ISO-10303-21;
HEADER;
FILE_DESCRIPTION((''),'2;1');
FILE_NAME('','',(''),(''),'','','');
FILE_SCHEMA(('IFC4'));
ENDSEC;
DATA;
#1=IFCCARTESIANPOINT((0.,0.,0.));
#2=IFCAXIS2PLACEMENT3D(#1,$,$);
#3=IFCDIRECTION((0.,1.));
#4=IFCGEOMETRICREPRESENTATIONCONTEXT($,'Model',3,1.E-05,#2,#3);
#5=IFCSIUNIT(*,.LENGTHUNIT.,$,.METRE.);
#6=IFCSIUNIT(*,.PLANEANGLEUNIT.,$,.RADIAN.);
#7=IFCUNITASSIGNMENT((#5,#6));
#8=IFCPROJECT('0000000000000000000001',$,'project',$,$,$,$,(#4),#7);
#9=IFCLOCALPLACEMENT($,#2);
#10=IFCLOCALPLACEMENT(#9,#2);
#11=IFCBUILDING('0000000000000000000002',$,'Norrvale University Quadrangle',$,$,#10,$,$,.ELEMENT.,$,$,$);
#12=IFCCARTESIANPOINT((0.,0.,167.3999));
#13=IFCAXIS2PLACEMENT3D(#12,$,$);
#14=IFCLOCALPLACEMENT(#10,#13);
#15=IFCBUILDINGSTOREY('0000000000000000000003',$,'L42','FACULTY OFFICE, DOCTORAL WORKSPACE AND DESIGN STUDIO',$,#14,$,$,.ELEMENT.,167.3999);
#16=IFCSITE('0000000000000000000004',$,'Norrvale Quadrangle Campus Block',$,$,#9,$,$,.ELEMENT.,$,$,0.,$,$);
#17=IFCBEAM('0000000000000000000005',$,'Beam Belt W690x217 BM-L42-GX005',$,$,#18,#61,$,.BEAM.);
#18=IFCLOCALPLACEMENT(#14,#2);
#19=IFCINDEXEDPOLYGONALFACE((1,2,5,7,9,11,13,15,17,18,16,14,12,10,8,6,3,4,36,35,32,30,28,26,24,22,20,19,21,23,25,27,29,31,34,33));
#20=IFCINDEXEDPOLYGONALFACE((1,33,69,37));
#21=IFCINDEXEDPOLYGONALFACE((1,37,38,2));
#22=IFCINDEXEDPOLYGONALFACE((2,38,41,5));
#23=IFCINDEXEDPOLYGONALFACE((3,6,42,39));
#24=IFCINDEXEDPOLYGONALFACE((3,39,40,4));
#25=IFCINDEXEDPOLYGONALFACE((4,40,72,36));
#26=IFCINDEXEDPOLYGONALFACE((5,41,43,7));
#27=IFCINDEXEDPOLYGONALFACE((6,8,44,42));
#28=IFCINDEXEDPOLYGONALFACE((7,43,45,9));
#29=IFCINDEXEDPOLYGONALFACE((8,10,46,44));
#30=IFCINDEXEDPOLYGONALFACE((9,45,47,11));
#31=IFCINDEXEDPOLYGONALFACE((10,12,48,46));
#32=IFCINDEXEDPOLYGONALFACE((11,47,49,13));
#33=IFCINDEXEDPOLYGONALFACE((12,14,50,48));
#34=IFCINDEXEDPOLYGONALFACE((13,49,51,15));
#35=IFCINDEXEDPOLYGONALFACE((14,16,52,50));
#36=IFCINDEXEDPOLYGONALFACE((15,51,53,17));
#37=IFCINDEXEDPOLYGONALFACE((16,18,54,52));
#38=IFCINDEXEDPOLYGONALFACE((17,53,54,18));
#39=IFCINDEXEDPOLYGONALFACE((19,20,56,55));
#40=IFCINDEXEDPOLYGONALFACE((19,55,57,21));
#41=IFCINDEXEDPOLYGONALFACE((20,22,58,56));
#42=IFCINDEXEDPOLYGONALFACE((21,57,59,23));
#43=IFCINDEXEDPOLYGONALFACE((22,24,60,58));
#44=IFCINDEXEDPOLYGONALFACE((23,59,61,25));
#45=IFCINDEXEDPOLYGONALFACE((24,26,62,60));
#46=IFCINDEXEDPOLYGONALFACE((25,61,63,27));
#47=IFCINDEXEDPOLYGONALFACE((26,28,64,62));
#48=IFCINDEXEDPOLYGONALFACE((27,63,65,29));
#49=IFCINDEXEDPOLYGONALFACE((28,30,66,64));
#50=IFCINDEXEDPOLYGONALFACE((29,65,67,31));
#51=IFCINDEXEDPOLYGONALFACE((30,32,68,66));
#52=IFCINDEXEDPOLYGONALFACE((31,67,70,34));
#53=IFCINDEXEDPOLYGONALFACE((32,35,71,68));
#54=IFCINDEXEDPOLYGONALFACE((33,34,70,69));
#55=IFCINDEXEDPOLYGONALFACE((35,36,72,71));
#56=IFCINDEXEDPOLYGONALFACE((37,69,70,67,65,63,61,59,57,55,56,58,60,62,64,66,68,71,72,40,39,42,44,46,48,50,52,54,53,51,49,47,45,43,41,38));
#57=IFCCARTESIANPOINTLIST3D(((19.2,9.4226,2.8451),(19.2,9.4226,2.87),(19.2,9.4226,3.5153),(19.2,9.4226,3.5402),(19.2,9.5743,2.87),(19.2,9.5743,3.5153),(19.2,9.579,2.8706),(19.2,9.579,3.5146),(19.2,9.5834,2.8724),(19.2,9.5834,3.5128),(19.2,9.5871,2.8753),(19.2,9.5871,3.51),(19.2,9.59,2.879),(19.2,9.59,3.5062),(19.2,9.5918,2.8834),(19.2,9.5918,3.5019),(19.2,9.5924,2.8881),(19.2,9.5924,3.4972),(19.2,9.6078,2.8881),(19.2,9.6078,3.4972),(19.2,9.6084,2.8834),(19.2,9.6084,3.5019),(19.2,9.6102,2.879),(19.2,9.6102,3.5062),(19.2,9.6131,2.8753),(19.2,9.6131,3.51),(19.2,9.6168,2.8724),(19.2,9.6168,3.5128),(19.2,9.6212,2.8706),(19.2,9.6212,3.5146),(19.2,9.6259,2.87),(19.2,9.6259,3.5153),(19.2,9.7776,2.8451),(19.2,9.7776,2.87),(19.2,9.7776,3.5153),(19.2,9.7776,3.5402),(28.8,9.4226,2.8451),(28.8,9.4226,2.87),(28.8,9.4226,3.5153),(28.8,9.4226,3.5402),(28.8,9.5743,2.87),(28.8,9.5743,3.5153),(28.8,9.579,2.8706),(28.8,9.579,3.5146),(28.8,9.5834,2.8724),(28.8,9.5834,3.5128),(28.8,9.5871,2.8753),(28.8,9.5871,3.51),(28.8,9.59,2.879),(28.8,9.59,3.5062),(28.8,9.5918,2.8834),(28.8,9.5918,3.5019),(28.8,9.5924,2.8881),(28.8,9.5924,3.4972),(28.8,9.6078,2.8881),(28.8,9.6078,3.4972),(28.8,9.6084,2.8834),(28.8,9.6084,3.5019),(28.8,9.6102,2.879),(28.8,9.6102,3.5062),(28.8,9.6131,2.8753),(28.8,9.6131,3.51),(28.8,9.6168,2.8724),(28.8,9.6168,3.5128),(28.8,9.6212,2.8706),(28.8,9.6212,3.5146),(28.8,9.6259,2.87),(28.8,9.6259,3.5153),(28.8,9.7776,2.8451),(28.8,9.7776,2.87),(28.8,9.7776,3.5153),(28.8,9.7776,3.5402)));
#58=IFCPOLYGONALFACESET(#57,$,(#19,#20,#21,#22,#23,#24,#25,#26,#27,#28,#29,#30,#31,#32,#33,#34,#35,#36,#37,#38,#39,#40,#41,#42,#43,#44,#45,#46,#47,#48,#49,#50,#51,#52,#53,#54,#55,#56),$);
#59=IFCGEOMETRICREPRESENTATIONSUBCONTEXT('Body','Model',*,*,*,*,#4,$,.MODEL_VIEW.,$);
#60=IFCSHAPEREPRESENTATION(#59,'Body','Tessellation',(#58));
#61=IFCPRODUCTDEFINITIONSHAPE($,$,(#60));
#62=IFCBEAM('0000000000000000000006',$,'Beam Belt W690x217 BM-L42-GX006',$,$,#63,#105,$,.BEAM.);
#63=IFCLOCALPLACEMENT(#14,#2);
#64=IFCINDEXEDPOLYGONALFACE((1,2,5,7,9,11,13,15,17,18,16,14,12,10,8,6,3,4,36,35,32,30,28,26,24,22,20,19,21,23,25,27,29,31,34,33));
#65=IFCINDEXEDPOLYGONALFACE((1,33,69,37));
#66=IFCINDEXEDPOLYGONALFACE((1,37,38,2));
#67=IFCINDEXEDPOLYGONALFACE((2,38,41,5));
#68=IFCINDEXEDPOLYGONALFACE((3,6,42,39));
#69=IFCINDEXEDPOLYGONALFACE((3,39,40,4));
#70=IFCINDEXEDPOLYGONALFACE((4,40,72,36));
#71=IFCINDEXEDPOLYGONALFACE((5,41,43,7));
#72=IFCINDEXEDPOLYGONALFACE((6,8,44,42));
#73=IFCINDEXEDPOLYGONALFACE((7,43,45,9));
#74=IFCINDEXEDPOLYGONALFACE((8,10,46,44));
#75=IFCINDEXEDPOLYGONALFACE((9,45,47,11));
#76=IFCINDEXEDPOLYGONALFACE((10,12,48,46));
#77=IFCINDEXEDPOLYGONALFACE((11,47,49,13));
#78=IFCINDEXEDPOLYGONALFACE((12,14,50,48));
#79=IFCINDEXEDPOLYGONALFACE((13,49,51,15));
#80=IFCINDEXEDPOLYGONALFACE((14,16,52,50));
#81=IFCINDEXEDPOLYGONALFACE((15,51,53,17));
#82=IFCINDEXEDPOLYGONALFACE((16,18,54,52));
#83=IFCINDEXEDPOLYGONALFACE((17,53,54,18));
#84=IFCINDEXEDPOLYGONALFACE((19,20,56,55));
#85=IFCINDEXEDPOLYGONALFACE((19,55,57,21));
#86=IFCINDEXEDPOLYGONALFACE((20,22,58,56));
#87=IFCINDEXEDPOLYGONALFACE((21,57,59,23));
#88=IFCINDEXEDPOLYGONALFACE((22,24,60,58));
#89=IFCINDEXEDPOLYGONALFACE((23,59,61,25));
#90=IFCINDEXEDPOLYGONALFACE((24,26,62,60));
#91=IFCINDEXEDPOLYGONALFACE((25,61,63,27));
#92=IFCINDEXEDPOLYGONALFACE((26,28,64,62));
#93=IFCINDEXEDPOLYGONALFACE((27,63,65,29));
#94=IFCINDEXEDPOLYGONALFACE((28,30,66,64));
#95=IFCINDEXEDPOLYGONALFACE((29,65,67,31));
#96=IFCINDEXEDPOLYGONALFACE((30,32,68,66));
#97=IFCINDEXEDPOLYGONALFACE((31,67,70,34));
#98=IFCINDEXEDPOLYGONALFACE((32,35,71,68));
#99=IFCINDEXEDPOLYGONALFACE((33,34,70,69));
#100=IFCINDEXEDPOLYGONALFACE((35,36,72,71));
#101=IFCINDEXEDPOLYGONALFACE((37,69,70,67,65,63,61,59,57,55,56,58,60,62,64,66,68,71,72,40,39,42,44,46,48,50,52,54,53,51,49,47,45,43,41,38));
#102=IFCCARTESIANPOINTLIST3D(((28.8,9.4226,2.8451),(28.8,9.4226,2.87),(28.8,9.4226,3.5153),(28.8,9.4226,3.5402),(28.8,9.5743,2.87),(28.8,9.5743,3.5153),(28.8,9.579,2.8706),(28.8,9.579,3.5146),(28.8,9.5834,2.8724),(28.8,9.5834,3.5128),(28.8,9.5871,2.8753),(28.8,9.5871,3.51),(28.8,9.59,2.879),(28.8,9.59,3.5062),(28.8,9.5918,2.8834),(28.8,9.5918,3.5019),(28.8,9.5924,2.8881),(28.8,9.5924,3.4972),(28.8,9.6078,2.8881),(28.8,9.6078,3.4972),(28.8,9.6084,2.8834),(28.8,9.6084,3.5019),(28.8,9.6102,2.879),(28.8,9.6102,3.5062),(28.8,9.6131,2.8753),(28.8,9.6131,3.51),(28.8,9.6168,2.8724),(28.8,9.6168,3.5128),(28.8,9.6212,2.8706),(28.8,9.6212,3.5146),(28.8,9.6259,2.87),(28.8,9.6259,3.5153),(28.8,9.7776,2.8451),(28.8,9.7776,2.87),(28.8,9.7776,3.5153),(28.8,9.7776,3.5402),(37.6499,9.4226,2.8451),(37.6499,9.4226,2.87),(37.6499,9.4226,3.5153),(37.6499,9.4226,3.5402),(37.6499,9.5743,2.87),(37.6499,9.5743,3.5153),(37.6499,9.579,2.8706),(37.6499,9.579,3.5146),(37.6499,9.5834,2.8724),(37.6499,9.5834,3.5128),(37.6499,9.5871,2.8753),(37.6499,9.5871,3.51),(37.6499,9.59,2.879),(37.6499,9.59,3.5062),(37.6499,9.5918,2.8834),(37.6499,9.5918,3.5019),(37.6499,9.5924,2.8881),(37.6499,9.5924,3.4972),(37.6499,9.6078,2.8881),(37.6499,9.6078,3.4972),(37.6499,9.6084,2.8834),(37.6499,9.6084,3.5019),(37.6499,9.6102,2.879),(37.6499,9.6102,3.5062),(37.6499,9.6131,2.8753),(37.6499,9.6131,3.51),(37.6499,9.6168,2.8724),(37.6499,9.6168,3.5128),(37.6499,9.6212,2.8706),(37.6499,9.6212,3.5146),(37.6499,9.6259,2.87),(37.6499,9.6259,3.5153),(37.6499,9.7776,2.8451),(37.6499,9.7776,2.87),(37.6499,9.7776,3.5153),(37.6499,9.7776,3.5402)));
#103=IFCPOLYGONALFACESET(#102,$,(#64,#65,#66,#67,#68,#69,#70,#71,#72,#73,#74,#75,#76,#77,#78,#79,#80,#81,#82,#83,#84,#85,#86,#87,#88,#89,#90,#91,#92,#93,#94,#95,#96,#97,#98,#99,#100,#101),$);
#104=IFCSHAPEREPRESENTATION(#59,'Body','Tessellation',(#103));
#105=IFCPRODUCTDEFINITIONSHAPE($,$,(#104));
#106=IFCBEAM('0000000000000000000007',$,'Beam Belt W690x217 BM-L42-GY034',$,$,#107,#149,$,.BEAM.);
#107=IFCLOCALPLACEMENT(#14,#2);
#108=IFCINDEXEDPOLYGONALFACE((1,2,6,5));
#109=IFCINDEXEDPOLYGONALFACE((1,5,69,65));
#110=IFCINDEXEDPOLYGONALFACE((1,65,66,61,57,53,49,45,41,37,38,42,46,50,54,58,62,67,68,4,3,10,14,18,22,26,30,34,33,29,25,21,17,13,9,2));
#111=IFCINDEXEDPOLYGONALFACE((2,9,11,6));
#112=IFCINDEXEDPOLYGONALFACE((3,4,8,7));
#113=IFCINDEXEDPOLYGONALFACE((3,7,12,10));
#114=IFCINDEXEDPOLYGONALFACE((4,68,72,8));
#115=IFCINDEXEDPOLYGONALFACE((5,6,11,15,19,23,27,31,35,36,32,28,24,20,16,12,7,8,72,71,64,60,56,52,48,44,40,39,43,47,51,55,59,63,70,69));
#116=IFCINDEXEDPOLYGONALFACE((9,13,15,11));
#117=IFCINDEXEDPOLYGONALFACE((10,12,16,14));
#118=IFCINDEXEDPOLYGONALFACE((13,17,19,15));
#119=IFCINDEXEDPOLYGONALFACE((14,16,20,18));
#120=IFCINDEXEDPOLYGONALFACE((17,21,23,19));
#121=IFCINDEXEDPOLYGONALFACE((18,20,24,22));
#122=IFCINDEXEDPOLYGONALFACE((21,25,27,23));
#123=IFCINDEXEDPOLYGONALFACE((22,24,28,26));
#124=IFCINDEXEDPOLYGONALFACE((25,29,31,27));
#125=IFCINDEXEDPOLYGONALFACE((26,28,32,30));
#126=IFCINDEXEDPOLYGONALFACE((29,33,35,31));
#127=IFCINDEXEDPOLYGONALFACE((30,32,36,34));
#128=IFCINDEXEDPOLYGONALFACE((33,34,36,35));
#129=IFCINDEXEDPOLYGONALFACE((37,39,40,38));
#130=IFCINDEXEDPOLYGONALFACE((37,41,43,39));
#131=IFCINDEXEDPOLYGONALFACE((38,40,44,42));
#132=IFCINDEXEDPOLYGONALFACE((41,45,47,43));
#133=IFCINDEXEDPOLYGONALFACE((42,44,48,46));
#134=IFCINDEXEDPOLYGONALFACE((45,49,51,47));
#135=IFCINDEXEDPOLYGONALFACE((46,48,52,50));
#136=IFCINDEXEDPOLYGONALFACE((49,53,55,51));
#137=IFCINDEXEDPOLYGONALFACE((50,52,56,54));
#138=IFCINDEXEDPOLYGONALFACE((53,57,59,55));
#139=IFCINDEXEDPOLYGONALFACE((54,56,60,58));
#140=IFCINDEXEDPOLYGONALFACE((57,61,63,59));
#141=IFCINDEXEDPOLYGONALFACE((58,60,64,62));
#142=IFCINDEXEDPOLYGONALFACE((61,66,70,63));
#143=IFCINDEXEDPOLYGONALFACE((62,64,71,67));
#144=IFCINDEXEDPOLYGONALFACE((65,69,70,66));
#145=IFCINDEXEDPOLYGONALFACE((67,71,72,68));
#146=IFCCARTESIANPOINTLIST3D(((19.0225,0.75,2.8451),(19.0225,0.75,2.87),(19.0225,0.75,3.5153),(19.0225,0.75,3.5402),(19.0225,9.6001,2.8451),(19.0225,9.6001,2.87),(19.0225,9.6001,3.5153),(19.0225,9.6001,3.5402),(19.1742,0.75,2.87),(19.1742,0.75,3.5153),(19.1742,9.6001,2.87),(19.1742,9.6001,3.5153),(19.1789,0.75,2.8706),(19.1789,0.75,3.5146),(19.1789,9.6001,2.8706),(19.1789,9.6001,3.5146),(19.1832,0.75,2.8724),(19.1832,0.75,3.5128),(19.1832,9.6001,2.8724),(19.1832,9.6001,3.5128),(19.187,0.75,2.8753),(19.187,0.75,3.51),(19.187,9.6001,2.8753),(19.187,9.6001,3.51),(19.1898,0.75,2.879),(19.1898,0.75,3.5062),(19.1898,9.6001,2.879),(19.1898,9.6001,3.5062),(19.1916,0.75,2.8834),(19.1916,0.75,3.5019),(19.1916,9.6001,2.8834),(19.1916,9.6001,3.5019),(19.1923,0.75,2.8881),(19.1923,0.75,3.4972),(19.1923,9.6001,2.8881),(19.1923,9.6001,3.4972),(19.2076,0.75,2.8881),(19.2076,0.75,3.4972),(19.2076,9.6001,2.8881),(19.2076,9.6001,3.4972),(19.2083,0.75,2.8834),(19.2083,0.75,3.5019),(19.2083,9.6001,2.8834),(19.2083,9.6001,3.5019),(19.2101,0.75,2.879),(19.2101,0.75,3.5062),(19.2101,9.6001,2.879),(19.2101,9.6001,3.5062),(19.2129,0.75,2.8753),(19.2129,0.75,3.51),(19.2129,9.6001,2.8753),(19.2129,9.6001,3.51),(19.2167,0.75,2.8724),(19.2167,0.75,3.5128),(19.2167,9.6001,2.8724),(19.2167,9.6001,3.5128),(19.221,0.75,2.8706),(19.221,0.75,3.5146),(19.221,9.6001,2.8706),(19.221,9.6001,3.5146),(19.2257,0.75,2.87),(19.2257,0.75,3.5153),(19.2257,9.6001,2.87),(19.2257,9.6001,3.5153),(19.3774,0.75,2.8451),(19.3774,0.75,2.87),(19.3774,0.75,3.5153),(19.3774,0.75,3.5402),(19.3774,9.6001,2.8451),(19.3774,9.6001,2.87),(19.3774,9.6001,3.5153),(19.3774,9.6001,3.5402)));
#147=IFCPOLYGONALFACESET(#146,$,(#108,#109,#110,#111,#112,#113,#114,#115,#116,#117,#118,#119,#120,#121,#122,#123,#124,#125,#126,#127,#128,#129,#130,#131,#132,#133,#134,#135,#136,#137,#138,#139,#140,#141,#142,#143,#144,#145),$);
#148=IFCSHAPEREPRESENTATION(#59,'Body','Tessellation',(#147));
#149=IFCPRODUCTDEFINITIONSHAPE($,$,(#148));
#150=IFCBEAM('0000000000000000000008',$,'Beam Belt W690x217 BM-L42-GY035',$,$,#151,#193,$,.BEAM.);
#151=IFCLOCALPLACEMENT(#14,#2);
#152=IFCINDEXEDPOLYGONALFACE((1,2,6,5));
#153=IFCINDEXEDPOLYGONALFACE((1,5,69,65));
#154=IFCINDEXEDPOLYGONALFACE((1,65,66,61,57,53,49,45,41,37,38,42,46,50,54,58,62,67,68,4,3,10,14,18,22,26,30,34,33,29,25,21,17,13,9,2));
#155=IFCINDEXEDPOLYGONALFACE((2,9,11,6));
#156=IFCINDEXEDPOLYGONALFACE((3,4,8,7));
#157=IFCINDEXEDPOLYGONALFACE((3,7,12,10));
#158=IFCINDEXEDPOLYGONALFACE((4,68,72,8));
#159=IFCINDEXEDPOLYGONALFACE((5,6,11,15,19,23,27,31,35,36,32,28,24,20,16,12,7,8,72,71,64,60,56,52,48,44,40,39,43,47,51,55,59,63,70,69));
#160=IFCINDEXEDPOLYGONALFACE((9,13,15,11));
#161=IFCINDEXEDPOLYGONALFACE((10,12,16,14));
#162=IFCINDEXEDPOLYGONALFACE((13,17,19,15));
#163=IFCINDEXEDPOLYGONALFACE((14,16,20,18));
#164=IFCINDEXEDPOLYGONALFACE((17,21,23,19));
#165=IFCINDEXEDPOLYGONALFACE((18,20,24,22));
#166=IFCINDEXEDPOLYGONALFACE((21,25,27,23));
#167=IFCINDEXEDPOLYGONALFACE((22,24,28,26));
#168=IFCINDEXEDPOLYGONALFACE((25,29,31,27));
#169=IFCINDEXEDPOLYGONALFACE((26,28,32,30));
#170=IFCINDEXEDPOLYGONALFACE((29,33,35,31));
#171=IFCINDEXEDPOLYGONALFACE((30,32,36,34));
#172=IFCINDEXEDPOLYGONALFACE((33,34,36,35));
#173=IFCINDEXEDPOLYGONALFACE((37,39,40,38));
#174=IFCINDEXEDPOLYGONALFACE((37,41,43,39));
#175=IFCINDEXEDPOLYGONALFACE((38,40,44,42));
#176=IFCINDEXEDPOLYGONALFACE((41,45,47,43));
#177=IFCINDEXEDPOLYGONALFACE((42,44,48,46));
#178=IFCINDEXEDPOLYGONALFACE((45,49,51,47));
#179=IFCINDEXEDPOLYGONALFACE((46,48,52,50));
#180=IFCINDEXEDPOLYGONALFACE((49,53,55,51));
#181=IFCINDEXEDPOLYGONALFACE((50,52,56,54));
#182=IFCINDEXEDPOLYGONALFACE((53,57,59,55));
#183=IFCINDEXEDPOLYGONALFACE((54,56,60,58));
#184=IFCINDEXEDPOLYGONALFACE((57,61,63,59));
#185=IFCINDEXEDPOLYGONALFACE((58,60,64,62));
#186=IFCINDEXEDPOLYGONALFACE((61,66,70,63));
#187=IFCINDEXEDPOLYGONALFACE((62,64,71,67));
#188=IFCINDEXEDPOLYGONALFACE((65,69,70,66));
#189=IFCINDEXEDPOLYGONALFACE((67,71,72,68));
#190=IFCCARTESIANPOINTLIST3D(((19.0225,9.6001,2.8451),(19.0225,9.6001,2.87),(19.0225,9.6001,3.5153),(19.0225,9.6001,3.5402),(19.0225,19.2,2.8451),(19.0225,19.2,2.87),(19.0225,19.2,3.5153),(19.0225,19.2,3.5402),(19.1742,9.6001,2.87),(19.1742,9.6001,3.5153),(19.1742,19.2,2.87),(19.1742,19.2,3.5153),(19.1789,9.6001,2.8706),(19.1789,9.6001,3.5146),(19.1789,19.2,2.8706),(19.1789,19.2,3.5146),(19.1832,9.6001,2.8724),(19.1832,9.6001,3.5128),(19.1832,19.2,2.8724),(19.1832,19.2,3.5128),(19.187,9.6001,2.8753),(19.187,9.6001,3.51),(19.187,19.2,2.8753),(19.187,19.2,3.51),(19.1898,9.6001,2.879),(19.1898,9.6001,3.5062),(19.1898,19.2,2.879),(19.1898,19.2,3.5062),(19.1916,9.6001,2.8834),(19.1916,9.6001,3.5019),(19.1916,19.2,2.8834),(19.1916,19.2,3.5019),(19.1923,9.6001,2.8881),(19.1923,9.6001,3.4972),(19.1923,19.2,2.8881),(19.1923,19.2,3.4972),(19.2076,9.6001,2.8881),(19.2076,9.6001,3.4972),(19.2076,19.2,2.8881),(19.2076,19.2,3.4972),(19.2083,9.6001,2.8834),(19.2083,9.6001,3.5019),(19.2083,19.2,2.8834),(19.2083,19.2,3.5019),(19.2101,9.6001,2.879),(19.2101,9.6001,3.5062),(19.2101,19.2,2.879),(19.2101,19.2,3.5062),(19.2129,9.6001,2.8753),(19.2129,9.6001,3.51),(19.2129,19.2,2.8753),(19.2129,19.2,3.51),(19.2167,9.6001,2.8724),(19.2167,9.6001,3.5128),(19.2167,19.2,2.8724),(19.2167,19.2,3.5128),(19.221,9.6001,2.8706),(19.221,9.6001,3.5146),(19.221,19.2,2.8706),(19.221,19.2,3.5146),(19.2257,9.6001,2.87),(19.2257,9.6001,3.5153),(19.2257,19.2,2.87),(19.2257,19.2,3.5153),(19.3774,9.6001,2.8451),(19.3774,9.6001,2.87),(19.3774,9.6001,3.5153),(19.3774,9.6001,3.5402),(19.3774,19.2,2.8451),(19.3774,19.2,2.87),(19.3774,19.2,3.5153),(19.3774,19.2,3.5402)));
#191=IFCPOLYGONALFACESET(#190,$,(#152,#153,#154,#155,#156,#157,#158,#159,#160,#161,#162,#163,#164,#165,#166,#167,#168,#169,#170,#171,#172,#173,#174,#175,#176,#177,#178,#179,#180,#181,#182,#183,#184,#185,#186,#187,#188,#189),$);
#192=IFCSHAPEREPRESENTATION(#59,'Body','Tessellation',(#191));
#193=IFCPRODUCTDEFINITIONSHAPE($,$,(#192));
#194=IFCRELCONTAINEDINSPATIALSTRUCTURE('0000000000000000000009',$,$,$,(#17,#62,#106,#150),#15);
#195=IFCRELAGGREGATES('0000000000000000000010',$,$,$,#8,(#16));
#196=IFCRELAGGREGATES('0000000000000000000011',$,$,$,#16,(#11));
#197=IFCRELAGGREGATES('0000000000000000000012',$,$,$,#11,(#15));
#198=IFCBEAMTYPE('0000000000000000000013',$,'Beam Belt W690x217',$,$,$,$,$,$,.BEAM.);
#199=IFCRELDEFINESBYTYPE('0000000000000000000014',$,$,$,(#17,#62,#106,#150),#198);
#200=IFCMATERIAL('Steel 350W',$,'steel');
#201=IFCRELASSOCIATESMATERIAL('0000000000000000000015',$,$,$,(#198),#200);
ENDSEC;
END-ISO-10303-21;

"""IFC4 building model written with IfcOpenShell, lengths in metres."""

from ifc_helpers import new_model, si_unit, direction, frame, origin, origin_2d, place, context, subcontext, project, spatial, i_section, extrude, material, material_profile, profile_set, type_object, element, save


model = new_model("IFC4")

# Units and contexts
model_context = context("Model", 3, precision=1e-05, world=origin(), true_north=direction((0.0, 1.0)))
body_context = subcontext(model_context, "Body", "Model", "MODEL_VIEW")
ifc_project = project(units=[si_unit("LENGTHUNIT", "METRE"), si_unit("PLANEANGLEUNIT", "RADIAN")], contexts=[model_context])

# Site, building, storey
site_placement = place(None, origin())
site = spatial("IfcSite", under=ifc_project, at=site_placement, Name="Norrvale Quadrangle Campus Block", CompositionType="ELEMENT", RefElevation=0.0)
building_placement = place(site_placement, origin())
building = spatial("IfcBuilding", under=site, at=building_placement, Name="Norrvale University Quadrangle", CompositionType="ELEMENT")
storey_placement = place(building_placement, frame((0.0, 0.0, 167.3999)))
storey = spatial("IfcBuildingStorey", under=building, at=storey_placement, Name="L42", Description="FACULTY OFFICE, DOCTORAL WORKSPACE AND DESIGN STUDIO", CompositionType="ELEMENT", Elevation=167.3999)

# Beams
ifc_material_1 = material(Name="Steel 350W", Category="steel")
ifc_material_profile_1 = material_profile(ifc_material_1, i_section(OverallWidth=0.355, OverallDepth=0.6951, WebThickness=0.0154, FlangeThickness=0.0249, FilletRadius=0.0181, at=origin_2d()), Name="Steel 350W")
ifc_profile_set_1 = profile_set([ifc_material_profile_1], Name="Steel 350W")
beam_type_1 = type_object("IfcBeamType", Name="Beam Belt W690x217", PredefinedType="BEAM", material=ifc_profile_set_1)
beam_1_placement = place(storey_placement, frame((19.2, 9.6001, 3.1926), z_axis=(1.0, 0.0, 0.0), x_axis=(0.0, 1.0, 0.0)))
element("IfcBeam", 1, at=beam_1_placement, inside=storey, type_object=beam_type_1, Name="Beam Belt W690x217 BM-L42-GX005", PredefinedType="BEAM", context=body_context, shape_type="SweptSolid", body=[
    extrude(i_section(OverallWidth=0.355, OverallDepth=0.6951, WebThickness=0.0154, FlangeThickness=0.0249, FilletRadius=0.0181, at=origin_2d()), origin(), (0.0, 0.0, 1.0), 9.6001),
])
beam_2_placement = place(storey_placement, frame((28.8, 9.6001, 3.1926), z_axis=(1.0, 0.0, 0.0), x_axis=(0.0, 1.0, 0.0)))
element("IfcBeam", 2, at=beam_2_placement, inside=storey, type_object=beam_type_1, Name="Beam Belt W690x217 BM-L42-GX006", PredefinedType="BEAM", context=body_context, shape_type="SweptSolid", body=[
    extrude(i_section(OverallWidth=0.355, OverallDepth=0.6951, WebThickness=0.0154, FlangeThickness=0.0249, FilletRadius=0.0181, at=origin_2d()), origin(), (0.0, 0.0, 1.0), 8.8499),
])
beam_3_placement = place(storey_placement, frame((19.2, 0.75, 3.1926), z_axis=(0.0, 1.0, 0.0), x_axis=(-1.0, 0.0, 0.0)))
element("IfcBeam", 3, at=beam_3_placement, inside=storey, type_object=beam_type_1, Name="Beam Belt W690x217 BM-L42-GY034", PredefinedType="BEAM", context=body_context, shape_type="SweptSolid", body=[
    extrude(i_section(OverallWidth=0.355, OverallDepth=0.6951, WebThickness=0.0154, FlangeThickness=0.0249, FilletRadius=0.0181, at=origin_2d()), origin(), (0.0, 0.0, 1.0), 8.8501),
])
beam_4_placement = place(storey_placement, frame((19.2, 9.6001, 3.1926), z_axis=(0.0, 1.0, 0.0), x_axis=(-1.0, 0.0, 0.0)))
element("IfcBeam", 4, at=beam_4_placement, inside=storey, type_object=beam_type_1, Name="Beam Belt W690x217 BM-L42-GY035", PredefinedType="BEAM", context=body_context, shape_type="SweptSolid", body=[
    extrude(i_section(OverallWidth=0.355, OverallDepth=0.6951, WebThickness=0.0154, FlangeThickness=0.0249, FilletRadius=0.0181, at=origin_2d()), origin(), (0.0, 0.0, 1.0), 9.5999),
])

save(model, "model.ifc")
